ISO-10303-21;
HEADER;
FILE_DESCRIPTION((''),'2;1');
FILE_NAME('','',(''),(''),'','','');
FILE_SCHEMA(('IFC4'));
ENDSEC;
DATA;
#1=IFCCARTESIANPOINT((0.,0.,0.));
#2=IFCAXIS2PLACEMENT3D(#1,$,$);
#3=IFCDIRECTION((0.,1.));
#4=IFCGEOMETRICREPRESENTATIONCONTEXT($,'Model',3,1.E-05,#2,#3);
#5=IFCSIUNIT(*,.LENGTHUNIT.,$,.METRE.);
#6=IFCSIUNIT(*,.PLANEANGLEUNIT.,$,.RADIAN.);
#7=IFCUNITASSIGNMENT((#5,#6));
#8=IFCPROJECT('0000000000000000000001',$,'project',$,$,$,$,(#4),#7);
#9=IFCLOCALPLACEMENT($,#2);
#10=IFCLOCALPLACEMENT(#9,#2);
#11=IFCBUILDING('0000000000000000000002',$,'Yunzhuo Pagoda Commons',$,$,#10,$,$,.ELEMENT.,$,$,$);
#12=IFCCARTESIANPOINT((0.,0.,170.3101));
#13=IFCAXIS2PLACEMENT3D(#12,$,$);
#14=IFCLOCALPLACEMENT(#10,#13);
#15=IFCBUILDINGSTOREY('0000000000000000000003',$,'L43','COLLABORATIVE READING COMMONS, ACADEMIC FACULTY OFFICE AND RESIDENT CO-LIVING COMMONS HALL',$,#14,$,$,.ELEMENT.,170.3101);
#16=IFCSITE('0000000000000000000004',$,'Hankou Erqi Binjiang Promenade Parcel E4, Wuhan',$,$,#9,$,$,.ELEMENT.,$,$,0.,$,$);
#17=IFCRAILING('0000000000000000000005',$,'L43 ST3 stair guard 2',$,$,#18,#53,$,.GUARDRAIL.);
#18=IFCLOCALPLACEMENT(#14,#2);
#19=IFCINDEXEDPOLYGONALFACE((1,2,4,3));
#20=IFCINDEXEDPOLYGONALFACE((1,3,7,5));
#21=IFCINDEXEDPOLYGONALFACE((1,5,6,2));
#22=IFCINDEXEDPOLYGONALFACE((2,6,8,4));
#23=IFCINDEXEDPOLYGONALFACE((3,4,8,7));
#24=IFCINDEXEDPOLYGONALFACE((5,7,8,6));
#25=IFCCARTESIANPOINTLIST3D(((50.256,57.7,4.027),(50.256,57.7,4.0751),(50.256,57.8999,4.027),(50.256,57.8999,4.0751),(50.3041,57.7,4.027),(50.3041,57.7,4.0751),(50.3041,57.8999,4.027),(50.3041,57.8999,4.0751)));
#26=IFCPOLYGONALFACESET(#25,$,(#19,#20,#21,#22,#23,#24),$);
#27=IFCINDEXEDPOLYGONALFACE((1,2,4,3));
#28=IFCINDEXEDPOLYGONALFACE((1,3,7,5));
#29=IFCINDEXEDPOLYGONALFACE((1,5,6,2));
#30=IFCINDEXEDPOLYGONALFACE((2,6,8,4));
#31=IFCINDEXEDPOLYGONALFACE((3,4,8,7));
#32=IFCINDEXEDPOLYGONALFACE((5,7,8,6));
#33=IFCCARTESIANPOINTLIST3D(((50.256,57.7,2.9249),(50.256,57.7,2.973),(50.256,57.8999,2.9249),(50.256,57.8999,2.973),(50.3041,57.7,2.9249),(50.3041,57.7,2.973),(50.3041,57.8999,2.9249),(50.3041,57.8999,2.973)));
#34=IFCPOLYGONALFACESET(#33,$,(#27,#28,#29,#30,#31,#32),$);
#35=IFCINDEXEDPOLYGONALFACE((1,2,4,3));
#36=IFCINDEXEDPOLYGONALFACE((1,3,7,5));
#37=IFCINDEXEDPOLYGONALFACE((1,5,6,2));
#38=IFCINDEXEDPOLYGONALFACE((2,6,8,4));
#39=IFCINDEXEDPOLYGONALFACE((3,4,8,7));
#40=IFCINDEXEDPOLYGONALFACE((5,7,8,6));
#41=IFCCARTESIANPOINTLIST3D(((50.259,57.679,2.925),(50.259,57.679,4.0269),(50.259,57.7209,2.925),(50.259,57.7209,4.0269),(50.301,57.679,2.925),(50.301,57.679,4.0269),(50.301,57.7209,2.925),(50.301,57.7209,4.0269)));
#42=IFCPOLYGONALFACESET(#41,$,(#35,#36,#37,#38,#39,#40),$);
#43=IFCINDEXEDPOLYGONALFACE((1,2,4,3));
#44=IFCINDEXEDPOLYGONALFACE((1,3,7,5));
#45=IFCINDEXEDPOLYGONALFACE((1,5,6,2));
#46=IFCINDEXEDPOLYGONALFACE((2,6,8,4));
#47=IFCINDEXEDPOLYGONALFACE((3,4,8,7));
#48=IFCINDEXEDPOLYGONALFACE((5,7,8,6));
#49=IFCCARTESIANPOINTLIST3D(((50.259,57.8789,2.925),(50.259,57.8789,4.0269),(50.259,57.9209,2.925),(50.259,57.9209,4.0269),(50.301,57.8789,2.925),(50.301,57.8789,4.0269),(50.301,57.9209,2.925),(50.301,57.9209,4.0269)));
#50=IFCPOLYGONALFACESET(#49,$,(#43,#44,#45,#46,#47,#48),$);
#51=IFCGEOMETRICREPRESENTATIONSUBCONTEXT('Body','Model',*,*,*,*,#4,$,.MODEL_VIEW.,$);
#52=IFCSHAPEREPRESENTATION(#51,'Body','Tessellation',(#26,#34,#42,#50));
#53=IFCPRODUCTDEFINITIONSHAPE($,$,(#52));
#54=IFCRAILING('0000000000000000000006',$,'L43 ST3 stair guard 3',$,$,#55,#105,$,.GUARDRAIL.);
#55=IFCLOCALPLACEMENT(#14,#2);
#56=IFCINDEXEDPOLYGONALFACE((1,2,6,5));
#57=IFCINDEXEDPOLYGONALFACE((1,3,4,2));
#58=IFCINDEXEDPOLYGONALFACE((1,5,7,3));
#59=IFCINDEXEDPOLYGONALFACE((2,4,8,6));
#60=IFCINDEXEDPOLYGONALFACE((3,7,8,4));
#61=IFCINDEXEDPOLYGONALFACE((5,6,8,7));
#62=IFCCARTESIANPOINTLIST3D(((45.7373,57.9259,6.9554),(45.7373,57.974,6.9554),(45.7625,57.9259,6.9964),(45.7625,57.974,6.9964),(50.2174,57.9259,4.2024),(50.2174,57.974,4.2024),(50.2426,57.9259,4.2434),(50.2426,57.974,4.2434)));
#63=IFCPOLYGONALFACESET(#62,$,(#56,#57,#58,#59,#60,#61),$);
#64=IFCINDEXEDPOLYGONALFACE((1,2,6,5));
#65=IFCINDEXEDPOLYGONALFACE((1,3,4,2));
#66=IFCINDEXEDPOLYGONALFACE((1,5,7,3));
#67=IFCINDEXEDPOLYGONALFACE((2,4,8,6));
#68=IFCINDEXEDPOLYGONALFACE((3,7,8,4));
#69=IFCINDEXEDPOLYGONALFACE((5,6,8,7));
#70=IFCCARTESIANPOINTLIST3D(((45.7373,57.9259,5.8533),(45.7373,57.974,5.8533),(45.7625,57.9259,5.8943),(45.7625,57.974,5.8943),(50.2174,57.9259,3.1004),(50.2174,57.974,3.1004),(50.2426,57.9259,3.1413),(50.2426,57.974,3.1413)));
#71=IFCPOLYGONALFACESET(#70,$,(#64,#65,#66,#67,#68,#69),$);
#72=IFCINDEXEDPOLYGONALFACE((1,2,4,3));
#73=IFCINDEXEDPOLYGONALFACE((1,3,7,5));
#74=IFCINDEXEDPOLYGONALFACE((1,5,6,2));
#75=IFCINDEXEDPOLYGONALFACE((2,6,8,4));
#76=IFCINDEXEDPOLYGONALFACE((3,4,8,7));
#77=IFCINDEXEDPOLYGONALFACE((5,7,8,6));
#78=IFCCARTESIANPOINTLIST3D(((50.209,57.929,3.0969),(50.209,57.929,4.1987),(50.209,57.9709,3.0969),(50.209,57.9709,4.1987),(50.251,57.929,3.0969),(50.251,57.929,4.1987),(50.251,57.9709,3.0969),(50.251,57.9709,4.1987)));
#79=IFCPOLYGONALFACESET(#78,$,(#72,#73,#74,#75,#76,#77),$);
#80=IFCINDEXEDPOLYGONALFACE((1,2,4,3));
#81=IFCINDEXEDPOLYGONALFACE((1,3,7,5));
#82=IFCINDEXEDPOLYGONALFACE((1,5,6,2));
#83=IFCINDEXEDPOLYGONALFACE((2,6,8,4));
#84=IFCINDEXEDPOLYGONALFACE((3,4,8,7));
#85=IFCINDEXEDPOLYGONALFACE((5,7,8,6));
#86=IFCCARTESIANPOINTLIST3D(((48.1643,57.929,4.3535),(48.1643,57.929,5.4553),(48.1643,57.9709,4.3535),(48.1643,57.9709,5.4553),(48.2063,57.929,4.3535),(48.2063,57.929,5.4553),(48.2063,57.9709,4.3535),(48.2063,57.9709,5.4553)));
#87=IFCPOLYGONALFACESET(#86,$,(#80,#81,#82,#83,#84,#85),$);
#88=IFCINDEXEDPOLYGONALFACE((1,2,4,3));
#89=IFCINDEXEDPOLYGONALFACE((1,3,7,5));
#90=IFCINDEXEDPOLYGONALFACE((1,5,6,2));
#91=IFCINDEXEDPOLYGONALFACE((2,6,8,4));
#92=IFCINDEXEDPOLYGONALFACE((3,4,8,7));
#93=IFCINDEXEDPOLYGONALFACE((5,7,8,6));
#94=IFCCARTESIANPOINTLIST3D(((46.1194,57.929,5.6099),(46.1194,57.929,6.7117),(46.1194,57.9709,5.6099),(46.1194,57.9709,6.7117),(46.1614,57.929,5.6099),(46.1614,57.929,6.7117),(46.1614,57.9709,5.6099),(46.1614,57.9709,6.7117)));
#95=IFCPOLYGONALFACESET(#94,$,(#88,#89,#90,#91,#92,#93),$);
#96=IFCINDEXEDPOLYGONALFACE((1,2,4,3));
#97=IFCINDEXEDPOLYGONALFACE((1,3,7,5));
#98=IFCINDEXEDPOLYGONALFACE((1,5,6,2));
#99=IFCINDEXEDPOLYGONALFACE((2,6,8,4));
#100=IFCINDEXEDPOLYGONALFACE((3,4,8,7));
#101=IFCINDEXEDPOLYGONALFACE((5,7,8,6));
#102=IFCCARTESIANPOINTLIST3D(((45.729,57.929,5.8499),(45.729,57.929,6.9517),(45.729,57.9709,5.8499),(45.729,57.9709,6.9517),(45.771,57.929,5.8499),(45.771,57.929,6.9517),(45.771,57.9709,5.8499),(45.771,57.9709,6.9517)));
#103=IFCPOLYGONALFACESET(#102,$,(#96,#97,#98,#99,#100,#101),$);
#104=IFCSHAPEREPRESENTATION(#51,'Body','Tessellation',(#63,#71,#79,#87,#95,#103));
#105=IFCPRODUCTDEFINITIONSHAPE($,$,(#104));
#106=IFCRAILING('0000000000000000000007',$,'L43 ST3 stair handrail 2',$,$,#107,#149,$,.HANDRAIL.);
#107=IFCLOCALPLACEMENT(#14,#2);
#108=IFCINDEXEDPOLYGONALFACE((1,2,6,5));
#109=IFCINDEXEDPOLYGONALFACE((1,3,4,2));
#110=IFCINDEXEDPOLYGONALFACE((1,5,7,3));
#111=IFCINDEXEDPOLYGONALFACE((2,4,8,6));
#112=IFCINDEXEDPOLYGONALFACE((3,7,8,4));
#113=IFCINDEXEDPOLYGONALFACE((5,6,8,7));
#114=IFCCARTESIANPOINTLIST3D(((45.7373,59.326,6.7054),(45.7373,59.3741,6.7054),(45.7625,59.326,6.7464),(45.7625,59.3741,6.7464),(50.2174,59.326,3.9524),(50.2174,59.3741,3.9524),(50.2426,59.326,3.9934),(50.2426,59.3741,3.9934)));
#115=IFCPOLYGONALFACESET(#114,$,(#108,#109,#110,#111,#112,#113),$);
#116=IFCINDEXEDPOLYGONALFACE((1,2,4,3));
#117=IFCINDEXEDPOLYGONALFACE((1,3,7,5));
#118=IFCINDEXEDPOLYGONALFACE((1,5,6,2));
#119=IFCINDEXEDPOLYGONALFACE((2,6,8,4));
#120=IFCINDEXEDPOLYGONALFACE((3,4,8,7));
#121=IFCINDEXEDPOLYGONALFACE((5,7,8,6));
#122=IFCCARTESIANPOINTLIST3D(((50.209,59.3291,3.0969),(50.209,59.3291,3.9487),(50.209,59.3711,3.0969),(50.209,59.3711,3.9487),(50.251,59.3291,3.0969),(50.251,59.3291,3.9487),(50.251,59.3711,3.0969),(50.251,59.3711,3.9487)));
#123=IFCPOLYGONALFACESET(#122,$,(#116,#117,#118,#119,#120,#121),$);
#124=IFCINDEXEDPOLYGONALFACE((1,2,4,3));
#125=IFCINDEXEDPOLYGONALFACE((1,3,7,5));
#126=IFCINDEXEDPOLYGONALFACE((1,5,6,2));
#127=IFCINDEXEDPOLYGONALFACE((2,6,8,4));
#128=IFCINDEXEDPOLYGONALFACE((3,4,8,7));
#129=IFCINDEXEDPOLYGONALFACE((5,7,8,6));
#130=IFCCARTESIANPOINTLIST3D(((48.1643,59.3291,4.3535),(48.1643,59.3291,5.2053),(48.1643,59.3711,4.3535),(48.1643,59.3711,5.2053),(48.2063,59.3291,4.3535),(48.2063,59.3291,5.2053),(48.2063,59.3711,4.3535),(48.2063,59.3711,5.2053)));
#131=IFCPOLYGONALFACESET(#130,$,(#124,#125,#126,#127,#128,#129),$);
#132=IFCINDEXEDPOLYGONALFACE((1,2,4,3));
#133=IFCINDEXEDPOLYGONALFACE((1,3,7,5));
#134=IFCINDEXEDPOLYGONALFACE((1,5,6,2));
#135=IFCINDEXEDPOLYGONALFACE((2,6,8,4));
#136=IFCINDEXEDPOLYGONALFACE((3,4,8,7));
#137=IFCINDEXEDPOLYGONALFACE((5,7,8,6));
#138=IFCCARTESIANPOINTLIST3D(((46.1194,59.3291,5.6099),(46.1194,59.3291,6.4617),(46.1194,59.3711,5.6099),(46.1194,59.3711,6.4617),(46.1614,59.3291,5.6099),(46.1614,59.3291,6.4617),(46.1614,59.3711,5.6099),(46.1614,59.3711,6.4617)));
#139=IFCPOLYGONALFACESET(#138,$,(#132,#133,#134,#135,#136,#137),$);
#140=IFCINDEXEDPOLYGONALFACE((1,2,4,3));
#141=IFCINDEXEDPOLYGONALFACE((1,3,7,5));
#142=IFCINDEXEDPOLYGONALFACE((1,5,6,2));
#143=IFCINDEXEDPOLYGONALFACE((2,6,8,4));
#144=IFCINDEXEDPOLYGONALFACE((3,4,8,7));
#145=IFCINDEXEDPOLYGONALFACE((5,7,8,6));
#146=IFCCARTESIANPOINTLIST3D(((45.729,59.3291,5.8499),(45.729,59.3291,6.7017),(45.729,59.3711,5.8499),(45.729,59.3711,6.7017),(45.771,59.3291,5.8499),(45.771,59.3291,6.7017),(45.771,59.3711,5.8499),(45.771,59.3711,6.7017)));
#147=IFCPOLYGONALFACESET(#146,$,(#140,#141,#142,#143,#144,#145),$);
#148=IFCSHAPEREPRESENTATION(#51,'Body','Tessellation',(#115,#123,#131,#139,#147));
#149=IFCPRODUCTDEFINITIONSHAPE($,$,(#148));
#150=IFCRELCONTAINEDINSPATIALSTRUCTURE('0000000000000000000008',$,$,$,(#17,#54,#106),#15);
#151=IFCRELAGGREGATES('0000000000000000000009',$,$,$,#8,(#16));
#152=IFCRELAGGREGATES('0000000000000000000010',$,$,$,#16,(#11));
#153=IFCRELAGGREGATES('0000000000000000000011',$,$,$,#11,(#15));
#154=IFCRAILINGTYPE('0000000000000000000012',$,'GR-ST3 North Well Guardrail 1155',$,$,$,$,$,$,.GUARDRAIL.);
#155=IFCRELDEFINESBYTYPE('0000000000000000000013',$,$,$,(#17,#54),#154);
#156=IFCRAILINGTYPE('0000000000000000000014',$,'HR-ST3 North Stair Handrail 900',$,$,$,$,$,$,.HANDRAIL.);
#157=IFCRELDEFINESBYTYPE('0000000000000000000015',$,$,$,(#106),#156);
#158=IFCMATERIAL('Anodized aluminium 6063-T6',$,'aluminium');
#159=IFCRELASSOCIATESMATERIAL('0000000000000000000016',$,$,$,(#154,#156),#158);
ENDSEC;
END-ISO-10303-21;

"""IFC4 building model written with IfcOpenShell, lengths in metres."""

from ifc_helpers import new_model, si_unit, direction, frame, origin, origin_2d, place, context, subcontext, project, spatial, rectangle, extrude, material, type_object, element, save


model = new_model("IFC4")

# Units and contexts
model_context = context("Model", 3, precision=1e-05, world=origin(), true_north=direction((0.0, 1.0)))
body_context = subcontext(model_context, "Body", "Model", "MODEL_VIEW")
ifc_project = project(units=[si_unit("LENGTHUNIT", "METRE"), si_unit("PLANEANGLEUNIT", "RADIAN")], contexts=[model_context])

# Site, building, storey
site_placement = place(None, origin())
site = spatial("IfcSite", under=ifc_project, at=site_placement, Name="Hankou Erqi Binjiang Promenade Parcel E4, Wuhan", CompositionType="ELEMENT", RefElevation=0.0)
building_placement = place(site_placement, origin())
building = spatial("IfcBuilding", under=site, at=building_placement, Name="Yunzhuo Pagoda Commons", CompositionType="ELEMENT")
storey_placement = place(building_placement, frame((0.0, 0.0, 170.3101)))
storey = spatial("IfcBuildingStorey", under=building, at=storey_placement, Name="L43", Description="COLLABORATIVE READING COMMONS, ACADEMIC FACULTY OFFICE AND RESIDENT CO-LIVING COMMONS HALL", CompositionType="ELEMENT", Elevation=170.3101)

# Shared definitions
ifc_material_1 = material(Name="Anodized aluminium 6063-T6", Category="aluminium")

# Railings
railing_type_1 = type_object("IfcRailingType", Name="GR-ST3 North Well Guardrail 1155", PredefinedType="GUARDRAIL", material=ifc_material_1)
railing_1_placement = place(storey_placement, frame((50.28, 57.7, 2.925)))
element("IfcRailing", 1, at=railing_1_placement, inside=storey, type_object=railing_type_1, Name="L43 ST3 stair guard 2", PredefinedType="GUARDRAIL", context=body_context, shape_type="SweptSolid", body=[
    extrude(rectangle(XDim=0.0481, YDim=0.0481, at=origin_2d()), frame((0.0, 0.0, 1.126), z_axis=(0.0, 1.0, 0.0), x_axis=(-1.0, 0.0, 0.0)), (0.0, 0.0, 1.0), 0.2),
    extrude(rectangle(XDim=0.0481, YDim=0.0481, at=origin_2d()), frame((0.0, 0.0, 0.0239), z_axis=(0.0, 1.0, 0.0), x_axis=(-1.0, 0.0, 0.0)), (0.0, 0.0, 1.0), 0.2),
    extrude(rectangle(XDim=0.042, YDim=0.042, at=origin_2d()), origin(), (0.0, 0.0, 1.0), 1.1018),
    extrude(rectangle(XDim=0.042, YDim=0.042, at=origin_2d()), frame((0.0, 0.2, 0.0)), (0.0, 0.0, 1.0), 1.1018),
])
railing_2_placement = place(storey_placement, frame((50.23, 57.95, 3.0969)))
element("IfcRailing", 2, at=railing_2_placement, inside=storey, type_object=railing_type_1, Name="L43 ST3 stair guard 3", PredefinedType="GUARDRAIL", context=body_context, shape_type="SweptSolid", body=[
    extrude(rectangle(XDim=0.0481, YDim=0.0481, at=origin_2d()), frame((0.0, 0.0, 1.126), z_axis=(-0.851996, 0.0, 0.523548), x_axis=(0.0, -1.0, 0.0)), (0.0, 0.0, 1.0), 5.2583),
    extrude(rectangle(XDim=0.0481, YDim=0.0481, at=origin_2d()), frame((0.0, 0.0, 0.0239), z_axis=(-0.851996, 0.0, 0.523548), x_axis=(0.0, -1.0, 0.0)), (0.0, 0.0, 1.0), 5.2583),
    extrude(rectangle(XDim=0.042, YDim=0.042, at=origin_2d()), origin(), (0.0, 0.0, 1.0), 1.1018),
    extrude(rectangle(XDim=0.042, YDim=0.042, at=origin_2d()), frame((-2.0447, 0.0, 1.2566)), (0.0, 0.0, 1.0), 1.1018),
    extrude(rectangle(XDim=0.042, YDim=0.042, at=origin_2d()), frame((-4.0896, 0.0, 2.5129)), (0.0, 0.0, 1.0), 1.1018),
    extrude(rectangle(XDim=0.042, YDim=0.042, at=origin_2d()), frame((-4.48, 0.0, 2.7529)), (0.0, 0.0, 1.0), 1.1018),
])
railing_type_2 = type_object("IfcRailingType", Name="HR-ST3 North Stair Handrail 900", PredefinedType="HANDRAIL", material=ifc_material_1)
railing_3_placement = place(storey_placement, frame((50.23, 59.3501, 3.0969)))
element("IfcRailing", 3, at=railing_3_placement, inside=storey, type_object=railing_type_2, Name="L43 ST3 stair handrail 2", PredefinedType="HANDRAIL", context=body_context, shape_type="SweptSolid", body=[
    extrude(rectangle(XDim=0.0481, YDim=0.0481, at=origin_2d()), frame((0.0, 0.0, 0.876), z_axis=(-0.851996, 0.0, 0.523548), x_axis=(0.0, -1.0, 0.0)), (0.0, 0.0, 1.0), 5.2583),
    extrude(rectangle(XDim=0.042, YDim=0.042, at=origin_2d()), origin(), (0.0, 0.0, 1.0), 0.8518),
    extrude(rectangle(XDim=0.042, YDim=0.042, at=origin_2d()), frame((-2.0447, 0.0, 1.2566)), (0.0, 0.0, 1.0), 0.8518),
    extrude(rectangle(XDim=0.042, YDim=0.042, at=origin_2d()), frame((-4.0896, 0.0, 2.5129)), (0.0, 0.0, 1.0), 0.8518),
    extrude(rectangle(XDim=0.042, YDim=0.042, at=origin_2d()), frame((-4.48, 0.0, 2.7529)), (0.0, 0.0, 1.0), 0.8518),
])

save(model, "model.ifc")
